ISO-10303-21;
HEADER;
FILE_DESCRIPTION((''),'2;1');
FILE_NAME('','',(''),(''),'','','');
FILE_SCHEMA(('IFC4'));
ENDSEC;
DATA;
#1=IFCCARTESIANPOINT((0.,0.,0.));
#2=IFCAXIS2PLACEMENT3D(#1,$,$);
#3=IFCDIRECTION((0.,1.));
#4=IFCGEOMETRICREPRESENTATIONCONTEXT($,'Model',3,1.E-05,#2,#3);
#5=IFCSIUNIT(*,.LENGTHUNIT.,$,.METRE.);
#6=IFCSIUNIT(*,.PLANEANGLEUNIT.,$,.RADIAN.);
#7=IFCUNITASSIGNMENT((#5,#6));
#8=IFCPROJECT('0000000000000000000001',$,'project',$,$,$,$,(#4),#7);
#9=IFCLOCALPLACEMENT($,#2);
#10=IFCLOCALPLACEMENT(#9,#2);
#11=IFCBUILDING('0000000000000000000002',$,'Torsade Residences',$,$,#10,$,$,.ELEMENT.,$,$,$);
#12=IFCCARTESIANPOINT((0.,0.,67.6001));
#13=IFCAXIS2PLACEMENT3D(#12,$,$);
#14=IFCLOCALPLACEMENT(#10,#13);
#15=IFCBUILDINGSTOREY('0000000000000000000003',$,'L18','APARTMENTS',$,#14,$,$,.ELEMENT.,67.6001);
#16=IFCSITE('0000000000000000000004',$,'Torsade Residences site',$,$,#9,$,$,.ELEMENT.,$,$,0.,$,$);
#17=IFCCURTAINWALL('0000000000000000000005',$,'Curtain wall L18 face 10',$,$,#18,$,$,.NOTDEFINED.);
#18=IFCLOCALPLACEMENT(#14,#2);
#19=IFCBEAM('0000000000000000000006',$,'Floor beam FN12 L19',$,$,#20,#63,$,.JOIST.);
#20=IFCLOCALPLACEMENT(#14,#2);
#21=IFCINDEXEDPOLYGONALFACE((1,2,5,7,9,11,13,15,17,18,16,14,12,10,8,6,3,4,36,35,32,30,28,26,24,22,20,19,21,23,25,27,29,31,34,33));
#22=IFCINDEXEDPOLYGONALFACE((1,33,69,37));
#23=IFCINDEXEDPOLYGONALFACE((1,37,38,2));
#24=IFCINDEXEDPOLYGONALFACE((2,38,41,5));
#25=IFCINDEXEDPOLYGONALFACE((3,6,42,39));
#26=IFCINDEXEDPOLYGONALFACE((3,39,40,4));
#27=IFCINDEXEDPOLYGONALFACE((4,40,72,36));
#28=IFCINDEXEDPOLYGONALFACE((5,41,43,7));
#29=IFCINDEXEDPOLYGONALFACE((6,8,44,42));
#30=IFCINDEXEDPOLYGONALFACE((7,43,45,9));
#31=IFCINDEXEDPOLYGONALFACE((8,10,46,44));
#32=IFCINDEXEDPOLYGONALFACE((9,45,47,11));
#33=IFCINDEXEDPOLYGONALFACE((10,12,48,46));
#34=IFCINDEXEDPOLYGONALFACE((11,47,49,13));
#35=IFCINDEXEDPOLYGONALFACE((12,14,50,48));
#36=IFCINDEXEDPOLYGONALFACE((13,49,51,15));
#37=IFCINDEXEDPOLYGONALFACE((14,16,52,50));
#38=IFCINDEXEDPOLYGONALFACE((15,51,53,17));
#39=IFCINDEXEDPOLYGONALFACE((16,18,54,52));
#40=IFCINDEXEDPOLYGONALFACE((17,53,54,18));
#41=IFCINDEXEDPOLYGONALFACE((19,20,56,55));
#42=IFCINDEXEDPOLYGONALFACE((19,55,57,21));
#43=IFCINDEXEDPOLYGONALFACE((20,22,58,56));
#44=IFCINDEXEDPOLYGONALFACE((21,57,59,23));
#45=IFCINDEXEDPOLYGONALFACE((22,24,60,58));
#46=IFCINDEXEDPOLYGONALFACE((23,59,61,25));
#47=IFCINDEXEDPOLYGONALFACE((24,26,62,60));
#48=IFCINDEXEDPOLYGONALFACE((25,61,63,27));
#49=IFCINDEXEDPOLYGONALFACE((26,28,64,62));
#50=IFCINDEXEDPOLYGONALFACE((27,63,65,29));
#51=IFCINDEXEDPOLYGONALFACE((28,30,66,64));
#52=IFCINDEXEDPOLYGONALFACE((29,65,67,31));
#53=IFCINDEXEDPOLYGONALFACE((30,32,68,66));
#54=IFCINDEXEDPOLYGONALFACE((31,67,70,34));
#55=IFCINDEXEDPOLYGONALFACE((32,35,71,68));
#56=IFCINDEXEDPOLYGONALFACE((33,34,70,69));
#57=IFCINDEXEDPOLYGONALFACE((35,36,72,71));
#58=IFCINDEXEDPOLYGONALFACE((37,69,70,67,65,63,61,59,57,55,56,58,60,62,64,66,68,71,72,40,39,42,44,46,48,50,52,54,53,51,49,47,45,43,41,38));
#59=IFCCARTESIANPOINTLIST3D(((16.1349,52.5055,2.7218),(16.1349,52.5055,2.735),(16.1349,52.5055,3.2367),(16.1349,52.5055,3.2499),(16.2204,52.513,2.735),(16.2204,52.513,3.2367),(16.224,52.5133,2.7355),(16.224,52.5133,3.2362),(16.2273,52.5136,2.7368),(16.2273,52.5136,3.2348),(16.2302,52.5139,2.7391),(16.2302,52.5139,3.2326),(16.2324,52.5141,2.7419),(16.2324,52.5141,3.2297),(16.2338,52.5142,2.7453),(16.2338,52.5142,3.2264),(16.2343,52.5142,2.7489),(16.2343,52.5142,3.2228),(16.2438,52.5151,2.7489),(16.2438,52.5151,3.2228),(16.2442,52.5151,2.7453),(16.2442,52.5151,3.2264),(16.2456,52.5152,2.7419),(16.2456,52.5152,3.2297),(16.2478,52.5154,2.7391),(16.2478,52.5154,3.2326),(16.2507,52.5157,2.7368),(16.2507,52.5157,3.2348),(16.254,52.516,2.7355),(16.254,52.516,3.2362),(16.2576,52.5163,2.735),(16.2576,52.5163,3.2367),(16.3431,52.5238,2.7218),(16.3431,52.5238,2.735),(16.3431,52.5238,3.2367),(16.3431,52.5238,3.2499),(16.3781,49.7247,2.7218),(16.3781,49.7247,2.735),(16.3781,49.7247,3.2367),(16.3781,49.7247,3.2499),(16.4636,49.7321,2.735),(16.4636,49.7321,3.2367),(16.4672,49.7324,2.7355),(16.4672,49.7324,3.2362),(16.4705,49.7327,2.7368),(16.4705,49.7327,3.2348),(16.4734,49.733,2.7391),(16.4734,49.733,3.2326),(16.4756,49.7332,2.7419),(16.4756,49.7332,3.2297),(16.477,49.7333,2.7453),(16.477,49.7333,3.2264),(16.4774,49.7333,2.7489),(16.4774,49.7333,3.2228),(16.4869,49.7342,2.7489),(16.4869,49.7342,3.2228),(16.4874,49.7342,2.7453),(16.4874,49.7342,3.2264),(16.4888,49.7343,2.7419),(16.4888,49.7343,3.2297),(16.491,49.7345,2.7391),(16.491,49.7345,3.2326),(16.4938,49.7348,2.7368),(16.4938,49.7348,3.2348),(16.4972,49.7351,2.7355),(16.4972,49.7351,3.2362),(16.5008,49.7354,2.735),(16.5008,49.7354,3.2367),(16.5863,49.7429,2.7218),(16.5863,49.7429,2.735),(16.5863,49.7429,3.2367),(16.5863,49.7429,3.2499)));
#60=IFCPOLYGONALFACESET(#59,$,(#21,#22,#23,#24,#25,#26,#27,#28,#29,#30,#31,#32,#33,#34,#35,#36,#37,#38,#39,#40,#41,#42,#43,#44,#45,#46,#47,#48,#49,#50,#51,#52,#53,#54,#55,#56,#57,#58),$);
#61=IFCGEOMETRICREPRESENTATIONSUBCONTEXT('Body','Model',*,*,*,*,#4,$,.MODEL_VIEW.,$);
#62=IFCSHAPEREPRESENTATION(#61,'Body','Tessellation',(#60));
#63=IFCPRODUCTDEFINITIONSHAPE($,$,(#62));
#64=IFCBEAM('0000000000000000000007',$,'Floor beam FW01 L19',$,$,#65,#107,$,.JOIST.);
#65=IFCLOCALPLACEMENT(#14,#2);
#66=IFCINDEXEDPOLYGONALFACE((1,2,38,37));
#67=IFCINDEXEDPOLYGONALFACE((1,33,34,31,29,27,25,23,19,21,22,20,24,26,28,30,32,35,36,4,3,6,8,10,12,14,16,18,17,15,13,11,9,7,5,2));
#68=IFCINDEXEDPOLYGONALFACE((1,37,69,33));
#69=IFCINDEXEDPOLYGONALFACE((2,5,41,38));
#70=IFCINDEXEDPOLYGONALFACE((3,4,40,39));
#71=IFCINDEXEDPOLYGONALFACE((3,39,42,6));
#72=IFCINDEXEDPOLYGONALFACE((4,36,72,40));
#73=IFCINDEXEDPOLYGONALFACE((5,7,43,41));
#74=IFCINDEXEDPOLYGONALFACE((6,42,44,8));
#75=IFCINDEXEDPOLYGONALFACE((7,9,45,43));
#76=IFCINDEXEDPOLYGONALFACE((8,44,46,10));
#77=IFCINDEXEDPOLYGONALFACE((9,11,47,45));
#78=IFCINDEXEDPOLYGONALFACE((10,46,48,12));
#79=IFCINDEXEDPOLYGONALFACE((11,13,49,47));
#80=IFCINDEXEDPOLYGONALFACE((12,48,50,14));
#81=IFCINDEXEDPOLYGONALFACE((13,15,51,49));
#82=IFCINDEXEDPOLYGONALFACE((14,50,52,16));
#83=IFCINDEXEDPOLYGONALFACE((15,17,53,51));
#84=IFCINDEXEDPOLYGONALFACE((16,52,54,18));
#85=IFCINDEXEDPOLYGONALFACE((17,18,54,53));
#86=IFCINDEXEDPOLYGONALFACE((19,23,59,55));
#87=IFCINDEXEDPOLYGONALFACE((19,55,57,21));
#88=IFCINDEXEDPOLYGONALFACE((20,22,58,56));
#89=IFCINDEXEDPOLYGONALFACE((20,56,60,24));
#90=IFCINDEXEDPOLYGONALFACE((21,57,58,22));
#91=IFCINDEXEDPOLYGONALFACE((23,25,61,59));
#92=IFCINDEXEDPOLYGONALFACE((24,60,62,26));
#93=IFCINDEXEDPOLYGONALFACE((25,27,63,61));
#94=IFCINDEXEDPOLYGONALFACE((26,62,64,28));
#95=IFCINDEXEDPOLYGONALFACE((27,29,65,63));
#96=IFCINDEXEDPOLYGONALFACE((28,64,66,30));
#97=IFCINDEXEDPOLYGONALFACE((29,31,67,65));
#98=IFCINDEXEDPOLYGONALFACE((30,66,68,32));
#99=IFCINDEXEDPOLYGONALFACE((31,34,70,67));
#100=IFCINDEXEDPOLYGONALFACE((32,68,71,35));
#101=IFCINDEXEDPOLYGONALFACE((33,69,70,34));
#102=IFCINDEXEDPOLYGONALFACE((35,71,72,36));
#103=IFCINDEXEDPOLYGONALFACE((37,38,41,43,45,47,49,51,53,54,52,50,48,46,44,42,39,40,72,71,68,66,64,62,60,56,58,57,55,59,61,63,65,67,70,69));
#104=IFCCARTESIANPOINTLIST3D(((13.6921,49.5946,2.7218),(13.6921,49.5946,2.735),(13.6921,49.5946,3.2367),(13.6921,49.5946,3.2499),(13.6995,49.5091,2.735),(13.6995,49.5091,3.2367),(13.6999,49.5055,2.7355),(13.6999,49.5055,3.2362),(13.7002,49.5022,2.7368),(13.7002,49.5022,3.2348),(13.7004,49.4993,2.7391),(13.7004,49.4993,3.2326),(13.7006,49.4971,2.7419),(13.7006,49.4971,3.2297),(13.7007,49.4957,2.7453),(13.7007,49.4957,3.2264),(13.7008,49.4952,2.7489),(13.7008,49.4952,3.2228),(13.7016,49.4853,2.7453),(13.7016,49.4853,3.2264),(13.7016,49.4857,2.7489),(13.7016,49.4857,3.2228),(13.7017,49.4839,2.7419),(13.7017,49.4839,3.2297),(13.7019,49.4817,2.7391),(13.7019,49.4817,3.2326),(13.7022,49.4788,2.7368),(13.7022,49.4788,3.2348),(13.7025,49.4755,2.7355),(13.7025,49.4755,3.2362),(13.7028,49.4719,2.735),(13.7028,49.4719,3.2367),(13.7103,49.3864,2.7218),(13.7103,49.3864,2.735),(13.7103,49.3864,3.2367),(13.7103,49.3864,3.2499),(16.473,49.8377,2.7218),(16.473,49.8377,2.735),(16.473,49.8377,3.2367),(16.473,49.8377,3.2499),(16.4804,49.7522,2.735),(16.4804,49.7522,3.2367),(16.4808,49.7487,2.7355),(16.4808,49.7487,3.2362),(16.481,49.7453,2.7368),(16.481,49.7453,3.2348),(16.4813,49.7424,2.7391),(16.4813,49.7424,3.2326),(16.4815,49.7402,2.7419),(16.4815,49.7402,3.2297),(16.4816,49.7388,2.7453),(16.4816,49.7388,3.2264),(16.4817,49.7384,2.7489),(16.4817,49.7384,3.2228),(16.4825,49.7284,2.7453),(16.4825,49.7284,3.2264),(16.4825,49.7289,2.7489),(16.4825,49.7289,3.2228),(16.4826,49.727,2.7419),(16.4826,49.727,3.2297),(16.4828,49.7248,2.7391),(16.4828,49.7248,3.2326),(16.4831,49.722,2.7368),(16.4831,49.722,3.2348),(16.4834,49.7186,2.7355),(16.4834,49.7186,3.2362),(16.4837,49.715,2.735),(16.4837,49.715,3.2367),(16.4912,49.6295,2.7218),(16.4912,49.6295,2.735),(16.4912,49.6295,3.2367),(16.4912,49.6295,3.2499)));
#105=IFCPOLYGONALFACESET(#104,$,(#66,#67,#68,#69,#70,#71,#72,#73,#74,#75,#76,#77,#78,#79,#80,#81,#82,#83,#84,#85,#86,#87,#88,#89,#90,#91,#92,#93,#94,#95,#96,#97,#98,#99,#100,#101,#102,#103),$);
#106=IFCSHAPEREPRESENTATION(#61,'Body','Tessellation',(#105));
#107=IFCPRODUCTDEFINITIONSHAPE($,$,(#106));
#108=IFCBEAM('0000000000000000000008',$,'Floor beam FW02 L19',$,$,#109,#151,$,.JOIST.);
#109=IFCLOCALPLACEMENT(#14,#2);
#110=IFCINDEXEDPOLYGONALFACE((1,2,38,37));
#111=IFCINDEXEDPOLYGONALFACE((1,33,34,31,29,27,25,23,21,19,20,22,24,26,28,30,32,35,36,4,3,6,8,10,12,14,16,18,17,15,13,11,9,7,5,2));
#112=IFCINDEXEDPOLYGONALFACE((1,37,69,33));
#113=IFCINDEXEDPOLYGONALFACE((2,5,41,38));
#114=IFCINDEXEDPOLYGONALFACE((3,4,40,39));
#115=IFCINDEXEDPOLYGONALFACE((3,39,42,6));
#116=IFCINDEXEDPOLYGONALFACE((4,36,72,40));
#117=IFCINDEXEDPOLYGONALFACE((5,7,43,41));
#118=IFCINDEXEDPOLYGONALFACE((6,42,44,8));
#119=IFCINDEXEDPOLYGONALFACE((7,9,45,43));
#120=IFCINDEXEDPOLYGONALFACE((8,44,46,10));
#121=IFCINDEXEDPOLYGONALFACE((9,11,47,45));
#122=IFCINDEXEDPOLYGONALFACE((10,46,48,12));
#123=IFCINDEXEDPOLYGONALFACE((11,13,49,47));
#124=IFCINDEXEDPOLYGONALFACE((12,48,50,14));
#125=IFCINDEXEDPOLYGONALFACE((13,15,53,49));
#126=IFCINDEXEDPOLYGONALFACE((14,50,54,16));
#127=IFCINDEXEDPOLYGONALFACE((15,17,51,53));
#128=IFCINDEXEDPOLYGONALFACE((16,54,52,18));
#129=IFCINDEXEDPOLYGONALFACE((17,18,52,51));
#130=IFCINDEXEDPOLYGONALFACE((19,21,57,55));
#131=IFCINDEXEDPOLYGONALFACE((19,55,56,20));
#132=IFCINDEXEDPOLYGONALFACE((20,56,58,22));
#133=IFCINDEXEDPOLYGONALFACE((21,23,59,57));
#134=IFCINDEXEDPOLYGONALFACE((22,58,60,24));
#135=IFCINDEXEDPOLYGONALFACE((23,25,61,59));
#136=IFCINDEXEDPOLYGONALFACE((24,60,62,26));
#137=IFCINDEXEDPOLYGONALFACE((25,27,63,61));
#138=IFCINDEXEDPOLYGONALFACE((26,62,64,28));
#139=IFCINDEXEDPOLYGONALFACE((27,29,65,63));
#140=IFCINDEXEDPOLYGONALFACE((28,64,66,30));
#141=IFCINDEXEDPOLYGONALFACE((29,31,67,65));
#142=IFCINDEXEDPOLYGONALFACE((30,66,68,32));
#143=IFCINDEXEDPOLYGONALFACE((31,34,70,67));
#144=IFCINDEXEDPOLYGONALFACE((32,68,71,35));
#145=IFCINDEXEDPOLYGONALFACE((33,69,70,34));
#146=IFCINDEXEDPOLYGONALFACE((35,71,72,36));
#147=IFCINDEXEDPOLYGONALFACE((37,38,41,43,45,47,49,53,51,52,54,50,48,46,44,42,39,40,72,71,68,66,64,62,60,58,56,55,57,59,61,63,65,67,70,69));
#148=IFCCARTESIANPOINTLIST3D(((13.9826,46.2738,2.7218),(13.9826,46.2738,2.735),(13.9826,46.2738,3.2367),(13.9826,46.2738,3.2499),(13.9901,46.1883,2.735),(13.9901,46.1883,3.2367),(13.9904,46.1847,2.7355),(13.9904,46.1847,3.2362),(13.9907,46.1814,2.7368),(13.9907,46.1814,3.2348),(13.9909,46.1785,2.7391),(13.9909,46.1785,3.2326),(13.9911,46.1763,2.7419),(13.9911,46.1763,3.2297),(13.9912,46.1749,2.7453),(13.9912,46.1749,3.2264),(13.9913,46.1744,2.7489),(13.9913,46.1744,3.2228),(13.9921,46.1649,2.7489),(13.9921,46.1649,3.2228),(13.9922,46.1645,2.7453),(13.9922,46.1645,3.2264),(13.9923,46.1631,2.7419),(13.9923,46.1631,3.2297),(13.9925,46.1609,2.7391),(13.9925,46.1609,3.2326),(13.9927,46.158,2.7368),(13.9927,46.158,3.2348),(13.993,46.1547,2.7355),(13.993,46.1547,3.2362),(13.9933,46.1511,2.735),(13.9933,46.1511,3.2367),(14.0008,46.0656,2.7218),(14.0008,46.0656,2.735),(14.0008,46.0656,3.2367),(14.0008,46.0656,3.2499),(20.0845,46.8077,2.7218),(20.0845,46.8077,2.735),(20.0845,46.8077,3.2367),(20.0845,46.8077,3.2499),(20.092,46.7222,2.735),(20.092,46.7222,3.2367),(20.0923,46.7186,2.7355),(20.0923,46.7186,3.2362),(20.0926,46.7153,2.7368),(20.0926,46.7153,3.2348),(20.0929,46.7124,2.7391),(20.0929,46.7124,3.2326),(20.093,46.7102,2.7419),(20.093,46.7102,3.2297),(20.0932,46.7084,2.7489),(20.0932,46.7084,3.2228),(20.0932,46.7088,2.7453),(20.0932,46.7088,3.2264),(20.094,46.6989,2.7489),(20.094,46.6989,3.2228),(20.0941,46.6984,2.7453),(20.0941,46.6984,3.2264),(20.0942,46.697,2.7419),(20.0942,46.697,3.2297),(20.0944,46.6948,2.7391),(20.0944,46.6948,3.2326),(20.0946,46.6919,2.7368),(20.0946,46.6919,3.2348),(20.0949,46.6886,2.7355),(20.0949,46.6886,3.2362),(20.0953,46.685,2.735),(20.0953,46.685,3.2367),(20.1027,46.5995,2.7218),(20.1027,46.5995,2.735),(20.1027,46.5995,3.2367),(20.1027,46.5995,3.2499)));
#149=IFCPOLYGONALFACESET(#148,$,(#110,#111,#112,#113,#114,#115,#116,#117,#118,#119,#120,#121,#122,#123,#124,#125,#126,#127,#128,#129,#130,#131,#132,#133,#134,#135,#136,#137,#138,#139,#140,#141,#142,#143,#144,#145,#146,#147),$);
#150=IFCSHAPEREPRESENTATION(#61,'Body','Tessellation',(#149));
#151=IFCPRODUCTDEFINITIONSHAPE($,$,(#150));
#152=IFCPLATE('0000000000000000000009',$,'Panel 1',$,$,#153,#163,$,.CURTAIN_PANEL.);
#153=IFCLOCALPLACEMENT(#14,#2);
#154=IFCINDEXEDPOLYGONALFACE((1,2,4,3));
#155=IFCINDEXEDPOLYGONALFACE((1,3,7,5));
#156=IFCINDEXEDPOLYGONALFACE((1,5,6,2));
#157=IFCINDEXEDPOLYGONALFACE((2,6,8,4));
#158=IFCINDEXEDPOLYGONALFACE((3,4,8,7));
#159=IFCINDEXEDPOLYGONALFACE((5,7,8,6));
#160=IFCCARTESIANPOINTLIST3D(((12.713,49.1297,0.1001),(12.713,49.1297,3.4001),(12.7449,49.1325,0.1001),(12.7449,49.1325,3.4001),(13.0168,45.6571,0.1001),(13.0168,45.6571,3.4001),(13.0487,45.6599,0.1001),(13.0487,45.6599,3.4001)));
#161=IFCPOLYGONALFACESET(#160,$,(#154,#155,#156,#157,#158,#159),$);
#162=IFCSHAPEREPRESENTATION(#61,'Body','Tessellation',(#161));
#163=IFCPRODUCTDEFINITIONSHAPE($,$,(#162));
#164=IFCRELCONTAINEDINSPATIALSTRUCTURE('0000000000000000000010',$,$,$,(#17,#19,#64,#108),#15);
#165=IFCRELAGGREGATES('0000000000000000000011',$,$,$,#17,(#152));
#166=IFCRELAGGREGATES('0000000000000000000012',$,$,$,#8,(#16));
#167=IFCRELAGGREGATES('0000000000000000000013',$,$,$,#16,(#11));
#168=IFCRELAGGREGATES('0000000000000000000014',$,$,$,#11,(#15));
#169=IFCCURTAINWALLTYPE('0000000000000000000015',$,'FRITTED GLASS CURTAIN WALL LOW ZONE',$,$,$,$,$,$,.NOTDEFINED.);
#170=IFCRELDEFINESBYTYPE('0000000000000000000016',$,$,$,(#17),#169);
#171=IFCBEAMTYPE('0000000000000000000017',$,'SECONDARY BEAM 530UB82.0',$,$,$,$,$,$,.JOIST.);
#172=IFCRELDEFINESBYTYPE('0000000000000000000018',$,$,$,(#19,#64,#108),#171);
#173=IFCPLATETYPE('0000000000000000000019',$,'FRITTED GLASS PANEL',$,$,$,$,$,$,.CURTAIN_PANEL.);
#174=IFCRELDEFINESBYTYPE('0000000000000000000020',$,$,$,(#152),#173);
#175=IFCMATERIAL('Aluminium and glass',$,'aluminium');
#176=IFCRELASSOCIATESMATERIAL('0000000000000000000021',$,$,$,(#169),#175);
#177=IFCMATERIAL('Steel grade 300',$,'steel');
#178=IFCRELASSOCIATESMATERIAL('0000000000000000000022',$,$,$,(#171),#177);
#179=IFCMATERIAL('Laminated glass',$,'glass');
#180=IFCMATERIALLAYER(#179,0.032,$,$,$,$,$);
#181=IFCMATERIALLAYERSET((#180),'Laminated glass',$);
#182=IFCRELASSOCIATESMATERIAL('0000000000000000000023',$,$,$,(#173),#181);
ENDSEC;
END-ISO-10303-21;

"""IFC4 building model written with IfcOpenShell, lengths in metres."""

from ifc_helpers import new_model, si_unit, direction, frame, origin, origin_2d, place, context, subcontext, project, spatial, rectangle, i_section, extrude, material, layer, layer_set, material_profile, profile_set, type_object, element, aggregate, save


model = new_model("IFC4")

# Units and contexts
model_context = context("Model", 3, precision=1e-05, world=origin(), true_north=direction((0.0, 1.0)))
body_context = subcontext(model_context, "Body", "Model", "MODEL_VIEW")
ifc_project = project(units=[si_unit("LENGTHUNIT", "METRE"), si_unit("PLANEANGLEUNIT", "RADIAN")], contexts=[model_context])

# Site, building, storey
site_placement = place(None, origin())
site = spatial("IfcSite", under=ifc_project, at=site_placement, Name="Torsade Residences site", CompositionType="ELEMENT", RefElevation=0.0)
building_placement = place(site_placement, origin())
building = spatial("IfcBuilding", under=site, at=building_placement, Name="Torsade Residences", CompositionType="ELEMENT")
storey_placement = place(building_placement, frame((0.0, 0.0, 67.6001)))
storey = spatial("IfcBuildingStorey", under=building, at=storey_placement, Name="L18", Description="APARTMENTS", CompositionType="ELEMENT", Elevation=67.6001)

# Curtain wall
ifc_material_1 = material(Name="Aluminium and glass", Category="aluminium")
curtain_wall_type = type_object("IfcCurtainWallType", Name="FRITTED GLASS CURTAIN WALL LOW ZONE", PredefinedType="NOTDEFINED", material=ifc_material_1)
curtain_wall_placement = place(storey_placement, origin())
curtain_wall = element("IfcCurtainWall", 1, at=curtain_wall_placement, inside=storey, type_object=curtain_wall_type, Name="Curtain wall L18 face 10", PredefinedType="NOTDEFINED")

# Beams
ifc_material_2 = material(Name="Steel grade 300", Category="steel")
ifc_material_profile_1 = material_profile(ifc_material_2, i_section(OverallWidth=0.209, OverallDepth=0.5281, WebThickness=0.0095, FlangeThickness=0.0132, FilletRadius=0.0139, at=origin_2d()), Name="530UB82.0")
ifc_profile_set_1 = profile_set([ifc_material_profile_1], Name="Steel grade 300")
beam_type_1 = type_object("IfcBeamType", Name="SECONDARY BEAM 530UB82.0", PredefinedType="JOIST", material=ifc_profile_set_1)
for number, where, z_axis, x_axis, name in (
    (2, (16.239, 52.5146, 2.9858), (0.087105, -0.996199, 0.0), (0.996199, 0.087105, 0.0), "Floor beam FN12 L19"),
    (3, (13.7012, 49.4905, 2.9858), (0.996199, 0.087105, 0.0), (-0.087105, 0.996199, 0.0), "Floor beam FW01 L19"),
):
    element("IfcBeam", number, at=place(storey_placement, frame(where, z_axis=z_axis, x_axis=x_axis)), inside=storey, type_object=beam_type_1, Name=name, PredefinedType="JOIST", context=body_context, shape_type="SweptSolid", body=[
        extrude(i_section(OverallWidth=0.209, OverallDepth=0.5281, WebThickness=0.0095, FlangeThickness=0.0132, FilletRadius=0.0139, at=origin_2d()), origin(), (0.0, 0.0, 1.0), 2.7915),
    ])
beam_1_placement = place(storey_placement, frame((13.9917, 46.1697, 2.9858), z_axis=(0.996193, 0.087171, 0.0), x_axis=(-0.087171, 0.996193, 0.0)))
element("IfcBeam", 4, at=beam_1_placement, inside=storey, type_object=beam_type_1, Name="Floor beam FW02 L19", PredefinedType="JOIST", context=body_context, shape_type="SweptSolid", body=[
    extrude(i_section(OverallWidth=0.209, OverallDepth=0.5281, WebThickness=0.0095, FlangeThickness=0.0132, FilletRadius=0.0139, at=origin_2d()), origin(), (0.0, 0.0, 1.0), 6.1252),
])

# Plate
ifc_material_3 = material(Name="Laminated glass", Category="glass")
ifc_layer_1 = layer(ifc_material_3, 0.032)
ifc_layer_set_1 = layer_set([ifc_layer_1], Name="Laminated glass")
plate_type = type_object("IfcPlateType", Name="FRITTED GLASS PANEL", PredefinedType="CURTAIN_PANEL", material=ifc_layer_set_1)
plate_placement = place(storey_placement, frame((12.8809, 47.3948, 0.1001), z_axis=(0.0, 0.0, 1.0), x_axis=(0.087156, -0.996195, 0.0)))
plate = element("IfcPlate", 5, at=plate_placement, type_object=plate_type, Name="Panel 1", PredefinedType="CURTAIN_PANEL", context=body_context, shape_type="SweptSolid", body=[
    extrude(rectangle(XDim=3.4858, YDim=0.032, at=origin_2d()), origin(), (0.0, 0.0, 1.0), 3.3),
])
aggregate(curtain_wall, [plate])

save(model, "model.ifc")
